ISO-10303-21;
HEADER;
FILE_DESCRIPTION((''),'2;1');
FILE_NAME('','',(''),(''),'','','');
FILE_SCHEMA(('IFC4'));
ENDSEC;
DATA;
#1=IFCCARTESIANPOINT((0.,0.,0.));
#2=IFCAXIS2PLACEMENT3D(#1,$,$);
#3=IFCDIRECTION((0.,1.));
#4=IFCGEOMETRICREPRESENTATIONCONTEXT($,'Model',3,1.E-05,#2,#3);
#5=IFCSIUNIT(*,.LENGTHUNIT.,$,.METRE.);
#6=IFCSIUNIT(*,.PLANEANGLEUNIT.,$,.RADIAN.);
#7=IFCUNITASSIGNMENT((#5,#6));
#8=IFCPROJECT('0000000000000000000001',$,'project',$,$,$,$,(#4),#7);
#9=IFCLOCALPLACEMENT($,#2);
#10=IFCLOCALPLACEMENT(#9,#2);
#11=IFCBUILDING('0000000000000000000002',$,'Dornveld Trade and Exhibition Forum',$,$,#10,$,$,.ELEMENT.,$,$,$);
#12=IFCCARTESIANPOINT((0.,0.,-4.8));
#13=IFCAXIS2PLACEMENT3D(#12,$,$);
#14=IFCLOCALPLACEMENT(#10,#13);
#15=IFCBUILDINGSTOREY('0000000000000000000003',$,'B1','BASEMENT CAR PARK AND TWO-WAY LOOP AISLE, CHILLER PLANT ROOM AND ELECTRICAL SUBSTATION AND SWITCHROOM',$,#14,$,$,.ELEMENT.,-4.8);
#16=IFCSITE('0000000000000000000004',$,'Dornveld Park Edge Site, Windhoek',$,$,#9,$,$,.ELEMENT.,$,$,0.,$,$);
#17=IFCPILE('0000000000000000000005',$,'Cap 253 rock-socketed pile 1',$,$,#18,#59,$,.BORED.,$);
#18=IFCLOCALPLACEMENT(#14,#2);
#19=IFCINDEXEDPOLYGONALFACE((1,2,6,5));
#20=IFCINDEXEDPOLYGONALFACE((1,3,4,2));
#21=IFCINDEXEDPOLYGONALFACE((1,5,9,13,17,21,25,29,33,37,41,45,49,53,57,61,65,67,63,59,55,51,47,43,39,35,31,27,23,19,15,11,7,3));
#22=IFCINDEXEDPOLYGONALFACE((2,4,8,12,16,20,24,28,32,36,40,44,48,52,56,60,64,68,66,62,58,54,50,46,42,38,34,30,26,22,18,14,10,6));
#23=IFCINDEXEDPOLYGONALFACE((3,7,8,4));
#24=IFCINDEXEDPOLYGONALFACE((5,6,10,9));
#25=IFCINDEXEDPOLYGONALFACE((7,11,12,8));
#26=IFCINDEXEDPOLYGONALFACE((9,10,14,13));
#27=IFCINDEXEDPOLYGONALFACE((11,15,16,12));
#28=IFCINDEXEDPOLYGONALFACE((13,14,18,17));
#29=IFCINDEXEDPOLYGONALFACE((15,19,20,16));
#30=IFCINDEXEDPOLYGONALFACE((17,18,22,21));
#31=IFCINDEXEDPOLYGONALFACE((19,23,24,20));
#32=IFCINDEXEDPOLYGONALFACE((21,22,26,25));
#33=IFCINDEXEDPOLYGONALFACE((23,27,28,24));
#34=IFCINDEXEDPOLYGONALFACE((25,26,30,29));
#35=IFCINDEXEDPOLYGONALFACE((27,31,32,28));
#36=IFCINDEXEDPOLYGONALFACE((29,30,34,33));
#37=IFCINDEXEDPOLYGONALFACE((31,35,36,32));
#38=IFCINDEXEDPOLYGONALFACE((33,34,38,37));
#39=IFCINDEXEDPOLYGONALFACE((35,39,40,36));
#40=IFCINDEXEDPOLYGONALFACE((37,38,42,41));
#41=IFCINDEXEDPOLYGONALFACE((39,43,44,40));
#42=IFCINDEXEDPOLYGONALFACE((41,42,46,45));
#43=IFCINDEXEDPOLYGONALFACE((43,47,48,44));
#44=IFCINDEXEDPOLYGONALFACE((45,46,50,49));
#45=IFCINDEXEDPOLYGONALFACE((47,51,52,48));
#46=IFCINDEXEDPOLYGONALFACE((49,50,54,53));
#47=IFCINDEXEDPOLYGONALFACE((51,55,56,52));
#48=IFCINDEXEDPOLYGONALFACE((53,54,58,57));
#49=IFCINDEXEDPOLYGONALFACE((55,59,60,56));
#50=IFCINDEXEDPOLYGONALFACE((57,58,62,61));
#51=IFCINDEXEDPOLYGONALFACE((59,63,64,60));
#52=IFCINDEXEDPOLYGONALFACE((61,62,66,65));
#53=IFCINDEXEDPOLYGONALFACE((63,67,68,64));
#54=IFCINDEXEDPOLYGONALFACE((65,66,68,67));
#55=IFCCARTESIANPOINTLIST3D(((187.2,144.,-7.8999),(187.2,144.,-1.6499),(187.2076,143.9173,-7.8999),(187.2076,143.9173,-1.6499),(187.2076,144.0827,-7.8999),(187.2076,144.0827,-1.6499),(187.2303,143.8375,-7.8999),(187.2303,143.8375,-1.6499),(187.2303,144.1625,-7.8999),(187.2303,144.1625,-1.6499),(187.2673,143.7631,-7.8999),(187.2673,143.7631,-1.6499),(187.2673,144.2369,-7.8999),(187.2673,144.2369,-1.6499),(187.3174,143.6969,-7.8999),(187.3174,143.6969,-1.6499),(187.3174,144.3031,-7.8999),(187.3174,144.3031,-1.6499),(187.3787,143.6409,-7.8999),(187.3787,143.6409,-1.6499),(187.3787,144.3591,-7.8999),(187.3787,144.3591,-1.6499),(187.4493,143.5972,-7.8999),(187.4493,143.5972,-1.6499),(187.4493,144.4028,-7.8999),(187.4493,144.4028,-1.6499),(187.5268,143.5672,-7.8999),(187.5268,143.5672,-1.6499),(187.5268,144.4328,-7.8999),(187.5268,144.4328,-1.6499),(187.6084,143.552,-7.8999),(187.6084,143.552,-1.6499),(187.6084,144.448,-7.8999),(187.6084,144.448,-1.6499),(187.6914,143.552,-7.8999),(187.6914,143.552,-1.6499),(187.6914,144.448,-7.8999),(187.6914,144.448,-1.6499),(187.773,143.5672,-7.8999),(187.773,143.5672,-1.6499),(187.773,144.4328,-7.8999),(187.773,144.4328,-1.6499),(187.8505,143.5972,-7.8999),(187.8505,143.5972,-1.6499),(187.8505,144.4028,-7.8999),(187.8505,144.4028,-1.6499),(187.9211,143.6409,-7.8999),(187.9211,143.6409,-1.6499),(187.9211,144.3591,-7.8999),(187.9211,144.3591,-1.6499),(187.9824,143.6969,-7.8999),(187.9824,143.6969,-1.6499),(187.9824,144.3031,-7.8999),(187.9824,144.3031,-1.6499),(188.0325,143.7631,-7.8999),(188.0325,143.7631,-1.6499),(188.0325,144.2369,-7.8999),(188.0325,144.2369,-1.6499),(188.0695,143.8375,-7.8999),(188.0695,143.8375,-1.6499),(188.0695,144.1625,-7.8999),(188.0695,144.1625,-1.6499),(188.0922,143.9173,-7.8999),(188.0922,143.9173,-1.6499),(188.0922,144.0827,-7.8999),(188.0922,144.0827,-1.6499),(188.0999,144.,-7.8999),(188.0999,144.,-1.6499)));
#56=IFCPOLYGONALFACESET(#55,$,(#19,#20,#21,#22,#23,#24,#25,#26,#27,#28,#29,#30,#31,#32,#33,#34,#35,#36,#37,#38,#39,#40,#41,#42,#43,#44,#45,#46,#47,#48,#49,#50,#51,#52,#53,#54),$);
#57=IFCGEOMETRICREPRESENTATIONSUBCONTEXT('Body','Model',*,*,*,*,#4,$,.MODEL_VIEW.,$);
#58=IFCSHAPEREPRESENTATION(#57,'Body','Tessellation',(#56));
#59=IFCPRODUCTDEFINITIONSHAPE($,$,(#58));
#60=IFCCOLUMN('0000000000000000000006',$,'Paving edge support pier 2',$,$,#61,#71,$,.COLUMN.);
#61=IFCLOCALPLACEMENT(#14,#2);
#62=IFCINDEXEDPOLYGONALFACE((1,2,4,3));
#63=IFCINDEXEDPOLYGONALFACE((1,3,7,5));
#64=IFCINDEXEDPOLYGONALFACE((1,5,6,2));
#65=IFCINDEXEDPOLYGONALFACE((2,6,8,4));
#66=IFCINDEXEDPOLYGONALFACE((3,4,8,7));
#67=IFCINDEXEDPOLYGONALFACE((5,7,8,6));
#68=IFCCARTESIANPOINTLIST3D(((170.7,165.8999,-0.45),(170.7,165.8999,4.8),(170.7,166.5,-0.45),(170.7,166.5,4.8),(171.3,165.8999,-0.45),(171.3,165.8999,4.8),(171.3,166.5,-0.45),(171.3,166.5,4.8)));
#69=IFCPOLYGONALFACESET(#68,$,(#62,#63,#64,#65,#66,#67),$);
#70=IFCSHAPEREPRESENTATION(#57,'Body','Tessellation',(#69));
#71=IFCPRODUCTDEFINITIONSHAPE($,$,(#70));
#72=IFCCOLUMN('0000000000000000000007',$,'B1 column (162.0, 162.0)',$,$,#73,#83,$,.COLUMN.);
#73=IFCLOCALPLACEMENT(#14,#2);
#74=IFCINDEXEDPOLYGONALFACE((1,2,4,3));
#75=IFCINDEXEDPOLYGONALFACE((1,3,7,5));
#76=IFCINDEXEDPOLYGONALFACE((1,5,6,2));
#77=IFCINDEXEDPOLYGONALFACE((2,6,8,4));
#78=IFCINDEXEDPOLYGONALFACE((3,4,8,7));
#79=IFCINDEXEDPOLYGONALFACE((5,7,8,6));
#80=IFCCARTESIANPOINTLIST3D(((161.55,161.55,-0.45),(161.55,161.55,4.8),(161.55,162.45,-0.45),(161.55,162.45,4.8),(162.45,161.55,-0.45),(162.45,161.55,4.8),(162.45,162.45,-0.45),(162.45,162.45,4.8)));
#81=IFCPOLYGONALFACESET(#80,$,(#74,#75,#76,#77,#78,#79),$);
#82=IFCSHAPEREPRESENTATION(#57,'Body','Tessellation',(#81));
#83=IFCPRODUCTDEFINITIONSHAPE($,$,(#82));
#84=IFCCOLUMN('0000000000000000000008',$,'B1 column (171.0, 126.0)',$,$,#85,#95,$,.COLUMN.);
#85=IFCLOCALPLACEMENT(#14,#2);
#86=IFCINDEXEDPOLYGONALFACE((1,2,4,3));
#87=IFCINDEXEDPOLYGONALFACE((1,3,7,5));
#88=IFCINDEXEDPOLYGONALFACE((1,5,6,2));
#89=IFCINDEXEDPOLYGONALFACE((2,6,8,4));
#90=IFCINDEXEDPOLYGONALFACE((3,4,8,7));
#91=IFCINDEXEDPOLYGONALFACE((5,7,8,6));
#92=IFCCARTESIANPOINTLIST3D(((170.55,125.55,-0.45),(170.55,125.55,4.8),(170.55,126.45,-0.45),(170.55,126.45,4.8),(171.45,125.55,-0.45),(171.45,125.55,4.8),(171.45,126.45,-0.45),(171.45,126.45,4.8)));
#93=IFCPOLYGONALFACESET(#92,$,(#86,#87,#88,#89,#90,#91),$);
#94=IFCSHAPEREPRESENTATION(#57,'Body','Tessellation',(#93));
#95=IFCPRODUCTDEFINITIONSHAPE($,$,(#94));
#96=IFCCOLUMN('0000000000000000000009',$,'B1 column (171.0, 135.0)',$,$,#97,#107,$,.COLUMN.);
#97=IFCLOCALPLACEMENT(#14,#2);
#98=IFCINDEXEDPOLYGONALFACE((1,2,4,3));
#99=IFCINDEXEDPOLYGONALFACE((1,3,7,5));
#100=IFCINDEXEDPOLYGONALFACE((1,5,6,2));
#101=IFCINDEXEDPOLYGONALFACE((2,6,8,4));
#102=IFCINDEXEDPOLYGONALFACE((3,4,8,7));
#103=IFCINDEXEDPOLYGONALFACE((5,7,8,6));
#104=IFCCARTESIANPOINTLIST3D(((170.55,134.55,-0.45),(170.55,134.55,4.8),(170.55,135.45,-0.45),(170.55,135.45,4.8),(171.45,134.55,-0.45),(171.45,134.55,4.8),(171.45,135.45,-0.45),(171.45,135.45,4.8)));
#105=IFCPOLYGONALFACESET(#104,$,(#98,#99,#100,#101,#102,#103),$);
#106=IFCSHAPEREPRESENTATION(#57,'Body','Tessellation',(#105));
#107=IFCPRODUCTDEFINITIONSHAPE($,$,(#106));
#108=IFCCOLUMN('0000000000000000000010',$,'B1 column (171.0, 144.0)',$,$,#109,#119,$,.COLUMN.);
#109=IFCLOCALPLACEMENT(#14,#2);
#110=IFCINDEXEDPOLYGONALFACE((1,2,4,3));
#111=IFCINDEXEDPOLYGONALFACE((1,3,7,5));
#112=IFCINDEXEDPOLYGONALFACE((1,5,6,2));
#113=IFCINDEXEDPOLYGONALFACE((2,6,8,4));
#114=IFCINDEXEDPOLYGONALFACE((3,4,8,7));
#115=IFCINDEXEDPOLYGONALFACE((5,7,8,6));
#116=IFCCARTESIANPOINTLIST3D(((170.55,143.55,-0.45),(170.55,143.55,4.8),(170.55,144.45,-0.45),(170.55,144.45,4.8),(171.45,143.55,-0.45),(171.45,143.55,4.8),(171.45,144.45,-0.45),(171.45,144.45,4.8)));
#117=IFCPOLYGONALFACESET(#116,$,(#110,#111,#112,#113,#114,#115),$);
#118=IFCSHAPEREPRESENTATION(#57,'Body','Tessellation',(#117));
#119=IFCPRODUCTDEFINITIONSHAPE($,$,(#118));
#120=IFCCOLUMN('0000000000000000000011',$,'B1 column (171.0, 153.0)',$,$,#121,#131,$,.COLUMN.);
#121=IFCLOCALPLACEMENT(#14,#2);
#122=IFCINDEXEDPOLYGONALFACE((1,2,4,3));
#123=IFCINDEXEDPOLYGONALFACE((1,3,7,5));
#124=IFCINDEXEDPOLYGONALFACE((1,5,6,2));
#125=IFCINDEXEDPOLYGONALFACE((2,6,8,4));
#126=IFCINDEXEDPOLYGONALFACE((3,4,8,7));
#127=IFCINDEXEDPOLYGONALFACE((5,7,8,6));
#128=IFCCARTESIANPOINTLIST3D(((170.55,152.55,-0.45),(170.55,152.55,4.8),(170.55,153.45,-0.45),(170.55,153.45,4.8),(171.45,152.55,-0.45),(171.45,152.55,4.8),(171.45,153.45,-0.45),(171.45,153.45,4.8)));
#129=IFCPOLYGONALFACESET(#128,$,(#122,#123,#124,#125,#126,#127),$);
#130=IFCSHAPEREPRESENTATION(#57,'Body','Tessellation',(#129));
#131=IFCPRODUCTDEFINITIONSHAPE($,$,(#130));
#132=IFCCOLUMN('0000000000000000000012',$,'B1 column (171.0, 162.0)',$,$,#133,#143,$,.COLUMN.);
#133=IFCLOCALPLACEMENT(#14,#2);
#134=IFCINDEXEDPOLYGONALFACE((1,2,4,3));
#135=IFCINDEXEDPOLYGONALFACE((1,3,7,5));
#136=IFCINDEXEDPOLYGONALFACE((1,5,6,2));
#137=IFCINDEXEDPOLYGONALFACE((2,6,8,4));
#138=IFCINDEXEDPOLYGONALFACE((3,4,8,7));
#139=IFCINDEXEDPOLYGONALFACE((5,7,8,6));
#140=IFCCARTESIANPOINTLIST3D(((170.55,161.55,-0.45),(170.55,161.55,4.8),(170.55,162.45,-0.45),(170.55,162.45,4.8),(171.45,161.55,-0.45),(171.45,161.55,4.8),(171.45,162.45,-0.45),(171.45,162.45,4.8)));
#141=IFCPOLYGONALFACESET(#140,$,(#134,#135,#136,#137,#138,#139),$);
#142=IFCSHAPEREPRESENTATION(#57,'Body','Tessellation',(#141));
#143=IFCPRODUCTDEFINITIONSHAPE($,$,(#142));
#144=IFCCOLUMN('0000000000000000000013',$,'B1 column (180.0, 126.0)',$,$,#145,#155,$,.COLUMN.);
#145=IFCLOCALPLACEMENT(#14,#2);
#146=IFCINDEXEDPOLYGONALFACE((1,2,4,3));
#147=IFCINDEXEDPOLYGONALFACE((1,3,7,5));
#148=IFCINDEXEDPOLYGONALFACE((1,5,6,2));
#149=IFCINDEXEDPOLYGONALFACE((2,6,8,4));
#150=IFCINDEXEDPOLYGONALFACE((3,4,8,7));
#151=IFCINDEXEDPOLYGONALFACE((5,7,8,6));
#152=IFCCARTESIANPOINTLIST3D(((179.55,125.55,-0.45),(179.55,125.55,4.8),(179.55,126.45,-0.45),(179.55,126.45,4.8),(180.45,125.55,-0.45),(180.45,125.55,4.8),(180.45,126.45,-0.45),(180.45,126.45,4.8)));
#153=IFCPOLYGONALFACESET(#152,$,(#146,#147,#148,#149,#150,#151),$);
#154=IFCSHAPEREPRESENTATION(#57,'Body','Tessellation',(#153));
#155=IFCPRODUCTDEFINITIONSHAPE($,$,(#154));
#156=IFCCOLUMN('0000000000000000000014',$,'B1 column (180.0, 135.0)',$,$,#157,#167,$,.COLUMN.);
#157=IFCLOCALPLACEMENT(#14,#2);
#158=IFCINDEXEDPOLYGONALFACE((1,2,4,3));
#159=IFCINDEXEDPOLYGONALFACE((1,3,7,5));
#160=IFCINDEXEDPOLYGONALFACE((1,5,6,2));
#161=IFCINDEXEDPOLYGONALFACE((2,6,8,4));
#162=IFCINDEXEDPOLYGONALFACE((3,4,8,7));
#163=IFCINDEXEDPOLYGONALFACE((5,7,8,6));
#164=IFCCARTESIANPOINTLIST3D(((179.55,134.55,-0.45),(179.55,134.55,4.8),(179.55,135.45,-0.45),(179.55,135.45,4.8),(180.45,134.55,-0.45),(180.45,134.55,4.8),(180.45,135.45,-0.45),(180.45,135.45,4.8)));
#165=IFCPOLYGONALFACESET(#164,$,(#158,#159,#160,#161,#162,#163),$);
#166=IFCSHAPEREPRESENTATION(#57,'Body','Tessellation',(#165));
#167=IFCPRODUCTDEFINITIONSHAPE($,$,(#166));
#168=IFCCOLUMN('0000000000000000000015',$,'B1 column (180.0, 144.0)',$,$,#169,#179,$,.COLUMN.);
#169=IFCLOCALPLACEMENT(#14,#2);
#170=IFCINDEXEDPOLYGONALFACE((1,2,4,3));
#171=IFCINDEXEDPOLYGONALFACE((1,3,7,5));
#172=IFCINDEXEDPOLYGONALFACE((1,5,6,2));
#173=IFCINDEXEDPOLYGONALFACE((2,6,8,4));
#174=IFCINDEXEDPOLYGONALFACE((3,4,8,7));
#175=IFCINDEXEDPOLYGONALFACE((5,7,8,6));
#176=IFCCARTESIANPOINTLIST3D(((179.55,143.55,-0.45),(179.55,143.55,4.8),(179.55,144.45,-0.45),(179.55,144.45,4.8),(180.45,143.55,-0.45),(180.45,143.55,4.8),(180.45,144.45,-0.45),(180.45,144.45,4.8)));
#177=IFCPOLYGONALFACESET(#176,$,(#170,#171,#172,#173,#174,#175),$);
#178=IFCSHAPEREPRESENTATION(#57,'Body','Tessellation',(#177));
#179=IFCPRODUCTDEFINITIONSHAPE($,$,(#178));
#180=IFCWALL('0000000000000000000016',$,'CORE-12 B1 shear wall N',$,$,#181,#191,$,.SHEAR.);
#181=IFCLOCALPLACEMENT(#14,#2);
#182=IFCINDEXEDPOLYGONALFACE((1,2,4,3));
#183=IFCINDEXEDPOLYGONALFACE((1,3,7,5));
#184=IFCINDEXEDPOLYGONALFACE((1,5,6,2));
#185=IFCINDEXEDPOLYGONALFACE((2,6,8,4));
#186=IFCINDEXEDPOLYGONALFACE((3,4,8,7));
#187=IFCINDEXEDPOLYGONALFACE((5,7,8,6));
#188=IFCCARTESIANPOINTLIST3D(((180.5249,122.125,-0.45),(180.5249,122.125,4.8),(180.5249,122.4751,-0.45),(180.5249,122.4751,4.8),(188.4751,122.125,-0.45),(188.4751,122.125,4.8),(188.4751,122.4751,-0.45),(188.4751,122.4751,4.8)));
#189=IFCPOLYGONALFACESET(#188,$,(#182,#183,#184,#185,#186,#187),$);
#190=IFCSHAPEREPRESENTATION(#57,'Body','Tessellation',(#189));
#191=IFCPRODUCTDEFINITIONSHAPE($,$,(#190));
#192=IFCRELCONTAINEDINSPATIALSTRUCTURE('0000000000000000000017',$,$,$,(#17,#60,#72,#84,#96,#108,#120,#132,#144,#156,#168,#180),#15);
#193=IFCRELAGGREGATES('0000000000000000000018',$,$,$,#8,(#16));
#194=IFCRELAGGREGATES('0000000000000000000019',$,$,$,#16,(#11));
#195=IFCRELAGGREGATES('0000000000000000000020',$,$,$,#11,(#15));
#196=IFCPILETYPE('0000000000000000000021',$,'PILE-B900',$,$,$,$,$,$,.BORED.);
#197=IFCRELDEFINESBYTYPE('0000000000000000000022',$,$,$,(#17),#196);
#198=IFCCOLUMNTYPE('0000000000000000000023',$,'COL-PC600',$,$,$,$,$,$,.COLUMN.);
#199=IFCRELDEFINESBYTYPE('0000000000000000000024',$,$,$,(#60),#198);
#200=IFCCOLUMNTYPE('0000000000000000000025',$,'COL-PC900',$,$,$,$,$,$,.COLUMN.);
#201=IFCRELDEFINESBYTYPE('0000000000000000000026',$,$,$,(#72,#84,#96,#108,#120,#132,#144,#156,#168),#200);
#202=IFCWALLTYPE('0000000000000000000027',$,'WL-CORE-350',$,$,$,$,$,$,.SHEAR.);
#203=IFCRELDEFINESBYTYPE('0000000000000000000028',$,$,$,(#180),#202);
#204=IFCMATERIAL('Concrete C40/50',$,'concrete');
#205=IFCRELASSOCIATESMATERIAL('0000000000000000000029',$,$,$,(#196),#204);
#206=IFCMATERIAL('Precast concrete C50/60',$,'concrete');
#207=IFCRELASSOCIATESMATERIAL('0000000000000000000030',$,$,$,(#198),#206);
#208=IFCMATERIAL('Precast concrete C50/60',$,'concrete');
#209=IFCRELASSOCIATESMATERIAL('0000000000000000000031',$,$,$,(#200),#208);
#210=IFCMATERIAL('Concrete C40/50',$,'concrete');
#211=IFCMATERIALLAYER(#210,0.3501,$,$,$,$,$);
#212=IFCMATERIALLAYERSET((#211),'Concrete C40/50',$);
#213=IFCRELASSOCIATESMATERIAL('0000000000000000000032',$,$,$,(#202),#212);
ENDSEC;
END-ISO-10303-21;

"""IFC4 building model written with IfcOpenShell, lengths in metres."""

from ifc_helpers import new_model, si_unit, direction, frame, frame_2d, origin, origin_2d, place, context, subcontext, project, spatial, rectangle, circle, extrude, material, layer, layer_set, material_profile, profile_set, type_object, element, save


model = new_model("IFC4")

# Units and contexts
model_context = context("Model", 3, precision=1e-05, world=origin(), true_north=direction((0.0, 1.0)))
body_context = subcontext(model_context, "Body", "Model", "MODEL_VIEW")
ifc_project = project(units=[si_unit("LENGTHUNIT", "METRE"), si_unit("PLANEANGLEUNIT", "RADIAN")], contexts=[model_context])

# Site, building, storey
site_placement = place(None, origin())
site = spatial("IfcSite", under=ifc_project, at=site_placement, Name="Dornveld Park Edge Site, Windhoek", CompositionType="ELEMENT", RefElevation=0.0)
building_placement = place(site_placement, origin())
building = spatial("IfcBuilding", under=site, at=building_placement, Name="Dornveld Trade and Exhibition Forum", CompositionType="ELEMENT")
storey_placement = place(building_placement, frame((0.0, 0.0, -4.8)))
storey = spatial("IfcBuildingStorey", under=building, at=storey_placement, Name="B1", Description="BASEMENT CAR PARK AND TWO-WAY LOOP AISLE, CHILLER PLANT ROOM AND ELECTRICAL SUBSTATION AND SWITCHROOM", CompositionType="ELEMENT", Elevation=-4.8)

# Pile
ifc_material_1 = material(Name="Concrete C40/50", Category="concrete")
ifc_material_profile_1 = material_profile(ifc_material_1, circle(Radius=0.45, at=origin_2d()), Name="PILE D900")
ifc_profile_set_1 = profile_set([ifc_material_profile_1], Name="Concrete C40/50")
pile_type = type_object("IfcPileType", Name="PILE-B900", PredefinedType="BORED", material=ifc_profile_set_1)
for number, where, z_axis, x_axis, name in (
    (1, (187.6499, 144.0, -1.6499), (0.0, 0.0, -1.0), (1.0, 0.0, 0.0), "Cap 253 rock-socketed pile 1"),
):
    element("IfcPile", number, at=place(storey_placement, frame(where, z_axis=z_axis, x_axis=x_axis)), inside=storey, type_object=pile_type, Name=name, PredefinedType="BORED", context=body_context, shape_type="SweptSolid", body=[
        extrude(circle(Radius=0.45, at=origin_2d()), origin(), (0.0, 0.0, 1.0), 6.25),
    ])

# Columns
ifc_material_2 = material(Name="Precast concrete C50/60", Category="concrete")
ifc_material_profile_2 = material_profile(ifc_material_2, rectangle(XDim=0.6001, YDim=0.6001, at=origin_2d()), Name="PC-COL 600x600")
ifc_profile_set_2 = profile_set([ifc_material_profile_2], Name="Precast concrete C50/60")
column_type_1 = type_object("IfcColumnType", Name="COL-PC600", PredefinedType="COLUMN", material=ifc_profile_set_2)
column_placement = place(storey_placement, frame((171.0, 166.2, -0.45), z_axis=(0.0, 0.0, 1.0), x_axis=(1.0, 0.0, 0.0)))
element("IfcColumn", 2, at=column_placement, inside=storey, type_object=column_type_1, Name="Paving edge support pier 2", PredefinedType="COLUMN", context=body_context, shape_type="SweptSolid", body=[
    extrude(rectangle(XDim=0.6001, YDim=0.6001, at=origin_2d()), origin(), (0.0, 0.0, 1.0), 5.25),
])
ifc_material_3 = material(Name="Precast concrete C50/60", Category="concrete")
ifc_material_profile_3 = material_profile(ifc_material_3, rectangle(XDim=0.8999, YDim=0.8999, at=origin_2d()), Name="PC-COL 900x900")
ifc_profile_set_3 = profile_set([ifc_material_profile_3], Name="Precast concrete C50/60")
column_type_2 = type_object("IfcColumnType", Name="COL-PC900", PredefinedType="COLUMN", material=ifc_profile_set_3)
for number, where, z_axis, x_axis, name in (
    (3, (162.0, 162.0, -0.45), (0.0, 0.0, 1.0), (1.0, 0.0, 0.0), "B1 column (162.0, 162.0)"),
    (4, (171.0, 126.0, -0.45), (0.0, 0.0, 1.0), (1.0, 0.0, 0.0), "B1 column (171.0, 126.0)"),
    (5, (171.0, 135.0, -0.45), (0.0, 0.0, 1.0), (1.0, 0.0, 0.0), "B1 column (171.0, 135.0)"),
    (6, (171.0, 144.0, -0.45), (0.0, 0.0, 1.0), (1.0, 0.0, 0.0), "B1 column (171.0, 144.0)"),
    (7, (171.0, 153.0, -0.45), (0.0, 0.0, 1.0), (1.0, 0.0, 0.0), "B1 column (171.0, 153.0)"),
    (8, (171.0, 162.0, -0.45), (0.0, 0.0, 1.0), (1.0, 0.0, 0.0), "B1 column (171.0, 162.0)"),
    (9, (180.0, 126.0, -0.45), (0.0, 0.0, 1.0), (1.0, 0.0, 0.0), "B1 column (180.0, 126.0)"),
    (10, (180.0, 135.0, -0.45), (0.0, 0.0, 1.0), (1.0, 0.0, 0.0), "B1 column (180.0, 135.0)"),
    (11, (180.0, 144.0, -0.45), (0.0, 0.0, 1.0), (1.0, 0.0, 0.0), "B1 column (180.0, 144.0)"),
):
    element("IfcColumn", number, at=place(storey_placement, frame(where, z_axis=z_axis, x_axis=x_axis)), inside=storey, type_object=column_type_2, Name=name, PredefinedType="COLUMN", context=body_context, shape_type="SweptSolid", body=[
        extrude(rectangle(XDim=0.8999, YDim=0.8999, at=origin_2d()), origin(), (0.0, 0.0, 1.0), 5.25),
    ])

# Wall
ifc_material_4 = material(Name="Concrete C40/50", Category="concrete")
ifc_layer = layer(ifc_material_4, 0.3501)
ifc_layer_set = layer_set([ifc_layer], Name="Concrete C40/50")
wall_type = type_object("IfcWallType", Name="WL-CORE-350", PredefinedType="SHEAR", material=ifc_layer_set)
wall_placement = place(storey_placement, frame((180.5249, 122.3, -0.45), z_axis=(0.0, 0.0, 1.0), x_axis=(1.0, 0.0, 0.0)))
element("IfcWall", 12, at=wall_placement, inside=storey, type_object=wall_type, Name="CORE-12 B1 shear wall N", PredefinedType="SHEAR", context=body_context, shape_type="SweptSolid", body=[
    extrude(rectangle(XDim=7.9502, YDim=0.3501, at=frame_2d((3.9751, 0.0))), origin(), (0.0, 0.0, 1.0), 5.25),
])

save(model, "model.ifc")
